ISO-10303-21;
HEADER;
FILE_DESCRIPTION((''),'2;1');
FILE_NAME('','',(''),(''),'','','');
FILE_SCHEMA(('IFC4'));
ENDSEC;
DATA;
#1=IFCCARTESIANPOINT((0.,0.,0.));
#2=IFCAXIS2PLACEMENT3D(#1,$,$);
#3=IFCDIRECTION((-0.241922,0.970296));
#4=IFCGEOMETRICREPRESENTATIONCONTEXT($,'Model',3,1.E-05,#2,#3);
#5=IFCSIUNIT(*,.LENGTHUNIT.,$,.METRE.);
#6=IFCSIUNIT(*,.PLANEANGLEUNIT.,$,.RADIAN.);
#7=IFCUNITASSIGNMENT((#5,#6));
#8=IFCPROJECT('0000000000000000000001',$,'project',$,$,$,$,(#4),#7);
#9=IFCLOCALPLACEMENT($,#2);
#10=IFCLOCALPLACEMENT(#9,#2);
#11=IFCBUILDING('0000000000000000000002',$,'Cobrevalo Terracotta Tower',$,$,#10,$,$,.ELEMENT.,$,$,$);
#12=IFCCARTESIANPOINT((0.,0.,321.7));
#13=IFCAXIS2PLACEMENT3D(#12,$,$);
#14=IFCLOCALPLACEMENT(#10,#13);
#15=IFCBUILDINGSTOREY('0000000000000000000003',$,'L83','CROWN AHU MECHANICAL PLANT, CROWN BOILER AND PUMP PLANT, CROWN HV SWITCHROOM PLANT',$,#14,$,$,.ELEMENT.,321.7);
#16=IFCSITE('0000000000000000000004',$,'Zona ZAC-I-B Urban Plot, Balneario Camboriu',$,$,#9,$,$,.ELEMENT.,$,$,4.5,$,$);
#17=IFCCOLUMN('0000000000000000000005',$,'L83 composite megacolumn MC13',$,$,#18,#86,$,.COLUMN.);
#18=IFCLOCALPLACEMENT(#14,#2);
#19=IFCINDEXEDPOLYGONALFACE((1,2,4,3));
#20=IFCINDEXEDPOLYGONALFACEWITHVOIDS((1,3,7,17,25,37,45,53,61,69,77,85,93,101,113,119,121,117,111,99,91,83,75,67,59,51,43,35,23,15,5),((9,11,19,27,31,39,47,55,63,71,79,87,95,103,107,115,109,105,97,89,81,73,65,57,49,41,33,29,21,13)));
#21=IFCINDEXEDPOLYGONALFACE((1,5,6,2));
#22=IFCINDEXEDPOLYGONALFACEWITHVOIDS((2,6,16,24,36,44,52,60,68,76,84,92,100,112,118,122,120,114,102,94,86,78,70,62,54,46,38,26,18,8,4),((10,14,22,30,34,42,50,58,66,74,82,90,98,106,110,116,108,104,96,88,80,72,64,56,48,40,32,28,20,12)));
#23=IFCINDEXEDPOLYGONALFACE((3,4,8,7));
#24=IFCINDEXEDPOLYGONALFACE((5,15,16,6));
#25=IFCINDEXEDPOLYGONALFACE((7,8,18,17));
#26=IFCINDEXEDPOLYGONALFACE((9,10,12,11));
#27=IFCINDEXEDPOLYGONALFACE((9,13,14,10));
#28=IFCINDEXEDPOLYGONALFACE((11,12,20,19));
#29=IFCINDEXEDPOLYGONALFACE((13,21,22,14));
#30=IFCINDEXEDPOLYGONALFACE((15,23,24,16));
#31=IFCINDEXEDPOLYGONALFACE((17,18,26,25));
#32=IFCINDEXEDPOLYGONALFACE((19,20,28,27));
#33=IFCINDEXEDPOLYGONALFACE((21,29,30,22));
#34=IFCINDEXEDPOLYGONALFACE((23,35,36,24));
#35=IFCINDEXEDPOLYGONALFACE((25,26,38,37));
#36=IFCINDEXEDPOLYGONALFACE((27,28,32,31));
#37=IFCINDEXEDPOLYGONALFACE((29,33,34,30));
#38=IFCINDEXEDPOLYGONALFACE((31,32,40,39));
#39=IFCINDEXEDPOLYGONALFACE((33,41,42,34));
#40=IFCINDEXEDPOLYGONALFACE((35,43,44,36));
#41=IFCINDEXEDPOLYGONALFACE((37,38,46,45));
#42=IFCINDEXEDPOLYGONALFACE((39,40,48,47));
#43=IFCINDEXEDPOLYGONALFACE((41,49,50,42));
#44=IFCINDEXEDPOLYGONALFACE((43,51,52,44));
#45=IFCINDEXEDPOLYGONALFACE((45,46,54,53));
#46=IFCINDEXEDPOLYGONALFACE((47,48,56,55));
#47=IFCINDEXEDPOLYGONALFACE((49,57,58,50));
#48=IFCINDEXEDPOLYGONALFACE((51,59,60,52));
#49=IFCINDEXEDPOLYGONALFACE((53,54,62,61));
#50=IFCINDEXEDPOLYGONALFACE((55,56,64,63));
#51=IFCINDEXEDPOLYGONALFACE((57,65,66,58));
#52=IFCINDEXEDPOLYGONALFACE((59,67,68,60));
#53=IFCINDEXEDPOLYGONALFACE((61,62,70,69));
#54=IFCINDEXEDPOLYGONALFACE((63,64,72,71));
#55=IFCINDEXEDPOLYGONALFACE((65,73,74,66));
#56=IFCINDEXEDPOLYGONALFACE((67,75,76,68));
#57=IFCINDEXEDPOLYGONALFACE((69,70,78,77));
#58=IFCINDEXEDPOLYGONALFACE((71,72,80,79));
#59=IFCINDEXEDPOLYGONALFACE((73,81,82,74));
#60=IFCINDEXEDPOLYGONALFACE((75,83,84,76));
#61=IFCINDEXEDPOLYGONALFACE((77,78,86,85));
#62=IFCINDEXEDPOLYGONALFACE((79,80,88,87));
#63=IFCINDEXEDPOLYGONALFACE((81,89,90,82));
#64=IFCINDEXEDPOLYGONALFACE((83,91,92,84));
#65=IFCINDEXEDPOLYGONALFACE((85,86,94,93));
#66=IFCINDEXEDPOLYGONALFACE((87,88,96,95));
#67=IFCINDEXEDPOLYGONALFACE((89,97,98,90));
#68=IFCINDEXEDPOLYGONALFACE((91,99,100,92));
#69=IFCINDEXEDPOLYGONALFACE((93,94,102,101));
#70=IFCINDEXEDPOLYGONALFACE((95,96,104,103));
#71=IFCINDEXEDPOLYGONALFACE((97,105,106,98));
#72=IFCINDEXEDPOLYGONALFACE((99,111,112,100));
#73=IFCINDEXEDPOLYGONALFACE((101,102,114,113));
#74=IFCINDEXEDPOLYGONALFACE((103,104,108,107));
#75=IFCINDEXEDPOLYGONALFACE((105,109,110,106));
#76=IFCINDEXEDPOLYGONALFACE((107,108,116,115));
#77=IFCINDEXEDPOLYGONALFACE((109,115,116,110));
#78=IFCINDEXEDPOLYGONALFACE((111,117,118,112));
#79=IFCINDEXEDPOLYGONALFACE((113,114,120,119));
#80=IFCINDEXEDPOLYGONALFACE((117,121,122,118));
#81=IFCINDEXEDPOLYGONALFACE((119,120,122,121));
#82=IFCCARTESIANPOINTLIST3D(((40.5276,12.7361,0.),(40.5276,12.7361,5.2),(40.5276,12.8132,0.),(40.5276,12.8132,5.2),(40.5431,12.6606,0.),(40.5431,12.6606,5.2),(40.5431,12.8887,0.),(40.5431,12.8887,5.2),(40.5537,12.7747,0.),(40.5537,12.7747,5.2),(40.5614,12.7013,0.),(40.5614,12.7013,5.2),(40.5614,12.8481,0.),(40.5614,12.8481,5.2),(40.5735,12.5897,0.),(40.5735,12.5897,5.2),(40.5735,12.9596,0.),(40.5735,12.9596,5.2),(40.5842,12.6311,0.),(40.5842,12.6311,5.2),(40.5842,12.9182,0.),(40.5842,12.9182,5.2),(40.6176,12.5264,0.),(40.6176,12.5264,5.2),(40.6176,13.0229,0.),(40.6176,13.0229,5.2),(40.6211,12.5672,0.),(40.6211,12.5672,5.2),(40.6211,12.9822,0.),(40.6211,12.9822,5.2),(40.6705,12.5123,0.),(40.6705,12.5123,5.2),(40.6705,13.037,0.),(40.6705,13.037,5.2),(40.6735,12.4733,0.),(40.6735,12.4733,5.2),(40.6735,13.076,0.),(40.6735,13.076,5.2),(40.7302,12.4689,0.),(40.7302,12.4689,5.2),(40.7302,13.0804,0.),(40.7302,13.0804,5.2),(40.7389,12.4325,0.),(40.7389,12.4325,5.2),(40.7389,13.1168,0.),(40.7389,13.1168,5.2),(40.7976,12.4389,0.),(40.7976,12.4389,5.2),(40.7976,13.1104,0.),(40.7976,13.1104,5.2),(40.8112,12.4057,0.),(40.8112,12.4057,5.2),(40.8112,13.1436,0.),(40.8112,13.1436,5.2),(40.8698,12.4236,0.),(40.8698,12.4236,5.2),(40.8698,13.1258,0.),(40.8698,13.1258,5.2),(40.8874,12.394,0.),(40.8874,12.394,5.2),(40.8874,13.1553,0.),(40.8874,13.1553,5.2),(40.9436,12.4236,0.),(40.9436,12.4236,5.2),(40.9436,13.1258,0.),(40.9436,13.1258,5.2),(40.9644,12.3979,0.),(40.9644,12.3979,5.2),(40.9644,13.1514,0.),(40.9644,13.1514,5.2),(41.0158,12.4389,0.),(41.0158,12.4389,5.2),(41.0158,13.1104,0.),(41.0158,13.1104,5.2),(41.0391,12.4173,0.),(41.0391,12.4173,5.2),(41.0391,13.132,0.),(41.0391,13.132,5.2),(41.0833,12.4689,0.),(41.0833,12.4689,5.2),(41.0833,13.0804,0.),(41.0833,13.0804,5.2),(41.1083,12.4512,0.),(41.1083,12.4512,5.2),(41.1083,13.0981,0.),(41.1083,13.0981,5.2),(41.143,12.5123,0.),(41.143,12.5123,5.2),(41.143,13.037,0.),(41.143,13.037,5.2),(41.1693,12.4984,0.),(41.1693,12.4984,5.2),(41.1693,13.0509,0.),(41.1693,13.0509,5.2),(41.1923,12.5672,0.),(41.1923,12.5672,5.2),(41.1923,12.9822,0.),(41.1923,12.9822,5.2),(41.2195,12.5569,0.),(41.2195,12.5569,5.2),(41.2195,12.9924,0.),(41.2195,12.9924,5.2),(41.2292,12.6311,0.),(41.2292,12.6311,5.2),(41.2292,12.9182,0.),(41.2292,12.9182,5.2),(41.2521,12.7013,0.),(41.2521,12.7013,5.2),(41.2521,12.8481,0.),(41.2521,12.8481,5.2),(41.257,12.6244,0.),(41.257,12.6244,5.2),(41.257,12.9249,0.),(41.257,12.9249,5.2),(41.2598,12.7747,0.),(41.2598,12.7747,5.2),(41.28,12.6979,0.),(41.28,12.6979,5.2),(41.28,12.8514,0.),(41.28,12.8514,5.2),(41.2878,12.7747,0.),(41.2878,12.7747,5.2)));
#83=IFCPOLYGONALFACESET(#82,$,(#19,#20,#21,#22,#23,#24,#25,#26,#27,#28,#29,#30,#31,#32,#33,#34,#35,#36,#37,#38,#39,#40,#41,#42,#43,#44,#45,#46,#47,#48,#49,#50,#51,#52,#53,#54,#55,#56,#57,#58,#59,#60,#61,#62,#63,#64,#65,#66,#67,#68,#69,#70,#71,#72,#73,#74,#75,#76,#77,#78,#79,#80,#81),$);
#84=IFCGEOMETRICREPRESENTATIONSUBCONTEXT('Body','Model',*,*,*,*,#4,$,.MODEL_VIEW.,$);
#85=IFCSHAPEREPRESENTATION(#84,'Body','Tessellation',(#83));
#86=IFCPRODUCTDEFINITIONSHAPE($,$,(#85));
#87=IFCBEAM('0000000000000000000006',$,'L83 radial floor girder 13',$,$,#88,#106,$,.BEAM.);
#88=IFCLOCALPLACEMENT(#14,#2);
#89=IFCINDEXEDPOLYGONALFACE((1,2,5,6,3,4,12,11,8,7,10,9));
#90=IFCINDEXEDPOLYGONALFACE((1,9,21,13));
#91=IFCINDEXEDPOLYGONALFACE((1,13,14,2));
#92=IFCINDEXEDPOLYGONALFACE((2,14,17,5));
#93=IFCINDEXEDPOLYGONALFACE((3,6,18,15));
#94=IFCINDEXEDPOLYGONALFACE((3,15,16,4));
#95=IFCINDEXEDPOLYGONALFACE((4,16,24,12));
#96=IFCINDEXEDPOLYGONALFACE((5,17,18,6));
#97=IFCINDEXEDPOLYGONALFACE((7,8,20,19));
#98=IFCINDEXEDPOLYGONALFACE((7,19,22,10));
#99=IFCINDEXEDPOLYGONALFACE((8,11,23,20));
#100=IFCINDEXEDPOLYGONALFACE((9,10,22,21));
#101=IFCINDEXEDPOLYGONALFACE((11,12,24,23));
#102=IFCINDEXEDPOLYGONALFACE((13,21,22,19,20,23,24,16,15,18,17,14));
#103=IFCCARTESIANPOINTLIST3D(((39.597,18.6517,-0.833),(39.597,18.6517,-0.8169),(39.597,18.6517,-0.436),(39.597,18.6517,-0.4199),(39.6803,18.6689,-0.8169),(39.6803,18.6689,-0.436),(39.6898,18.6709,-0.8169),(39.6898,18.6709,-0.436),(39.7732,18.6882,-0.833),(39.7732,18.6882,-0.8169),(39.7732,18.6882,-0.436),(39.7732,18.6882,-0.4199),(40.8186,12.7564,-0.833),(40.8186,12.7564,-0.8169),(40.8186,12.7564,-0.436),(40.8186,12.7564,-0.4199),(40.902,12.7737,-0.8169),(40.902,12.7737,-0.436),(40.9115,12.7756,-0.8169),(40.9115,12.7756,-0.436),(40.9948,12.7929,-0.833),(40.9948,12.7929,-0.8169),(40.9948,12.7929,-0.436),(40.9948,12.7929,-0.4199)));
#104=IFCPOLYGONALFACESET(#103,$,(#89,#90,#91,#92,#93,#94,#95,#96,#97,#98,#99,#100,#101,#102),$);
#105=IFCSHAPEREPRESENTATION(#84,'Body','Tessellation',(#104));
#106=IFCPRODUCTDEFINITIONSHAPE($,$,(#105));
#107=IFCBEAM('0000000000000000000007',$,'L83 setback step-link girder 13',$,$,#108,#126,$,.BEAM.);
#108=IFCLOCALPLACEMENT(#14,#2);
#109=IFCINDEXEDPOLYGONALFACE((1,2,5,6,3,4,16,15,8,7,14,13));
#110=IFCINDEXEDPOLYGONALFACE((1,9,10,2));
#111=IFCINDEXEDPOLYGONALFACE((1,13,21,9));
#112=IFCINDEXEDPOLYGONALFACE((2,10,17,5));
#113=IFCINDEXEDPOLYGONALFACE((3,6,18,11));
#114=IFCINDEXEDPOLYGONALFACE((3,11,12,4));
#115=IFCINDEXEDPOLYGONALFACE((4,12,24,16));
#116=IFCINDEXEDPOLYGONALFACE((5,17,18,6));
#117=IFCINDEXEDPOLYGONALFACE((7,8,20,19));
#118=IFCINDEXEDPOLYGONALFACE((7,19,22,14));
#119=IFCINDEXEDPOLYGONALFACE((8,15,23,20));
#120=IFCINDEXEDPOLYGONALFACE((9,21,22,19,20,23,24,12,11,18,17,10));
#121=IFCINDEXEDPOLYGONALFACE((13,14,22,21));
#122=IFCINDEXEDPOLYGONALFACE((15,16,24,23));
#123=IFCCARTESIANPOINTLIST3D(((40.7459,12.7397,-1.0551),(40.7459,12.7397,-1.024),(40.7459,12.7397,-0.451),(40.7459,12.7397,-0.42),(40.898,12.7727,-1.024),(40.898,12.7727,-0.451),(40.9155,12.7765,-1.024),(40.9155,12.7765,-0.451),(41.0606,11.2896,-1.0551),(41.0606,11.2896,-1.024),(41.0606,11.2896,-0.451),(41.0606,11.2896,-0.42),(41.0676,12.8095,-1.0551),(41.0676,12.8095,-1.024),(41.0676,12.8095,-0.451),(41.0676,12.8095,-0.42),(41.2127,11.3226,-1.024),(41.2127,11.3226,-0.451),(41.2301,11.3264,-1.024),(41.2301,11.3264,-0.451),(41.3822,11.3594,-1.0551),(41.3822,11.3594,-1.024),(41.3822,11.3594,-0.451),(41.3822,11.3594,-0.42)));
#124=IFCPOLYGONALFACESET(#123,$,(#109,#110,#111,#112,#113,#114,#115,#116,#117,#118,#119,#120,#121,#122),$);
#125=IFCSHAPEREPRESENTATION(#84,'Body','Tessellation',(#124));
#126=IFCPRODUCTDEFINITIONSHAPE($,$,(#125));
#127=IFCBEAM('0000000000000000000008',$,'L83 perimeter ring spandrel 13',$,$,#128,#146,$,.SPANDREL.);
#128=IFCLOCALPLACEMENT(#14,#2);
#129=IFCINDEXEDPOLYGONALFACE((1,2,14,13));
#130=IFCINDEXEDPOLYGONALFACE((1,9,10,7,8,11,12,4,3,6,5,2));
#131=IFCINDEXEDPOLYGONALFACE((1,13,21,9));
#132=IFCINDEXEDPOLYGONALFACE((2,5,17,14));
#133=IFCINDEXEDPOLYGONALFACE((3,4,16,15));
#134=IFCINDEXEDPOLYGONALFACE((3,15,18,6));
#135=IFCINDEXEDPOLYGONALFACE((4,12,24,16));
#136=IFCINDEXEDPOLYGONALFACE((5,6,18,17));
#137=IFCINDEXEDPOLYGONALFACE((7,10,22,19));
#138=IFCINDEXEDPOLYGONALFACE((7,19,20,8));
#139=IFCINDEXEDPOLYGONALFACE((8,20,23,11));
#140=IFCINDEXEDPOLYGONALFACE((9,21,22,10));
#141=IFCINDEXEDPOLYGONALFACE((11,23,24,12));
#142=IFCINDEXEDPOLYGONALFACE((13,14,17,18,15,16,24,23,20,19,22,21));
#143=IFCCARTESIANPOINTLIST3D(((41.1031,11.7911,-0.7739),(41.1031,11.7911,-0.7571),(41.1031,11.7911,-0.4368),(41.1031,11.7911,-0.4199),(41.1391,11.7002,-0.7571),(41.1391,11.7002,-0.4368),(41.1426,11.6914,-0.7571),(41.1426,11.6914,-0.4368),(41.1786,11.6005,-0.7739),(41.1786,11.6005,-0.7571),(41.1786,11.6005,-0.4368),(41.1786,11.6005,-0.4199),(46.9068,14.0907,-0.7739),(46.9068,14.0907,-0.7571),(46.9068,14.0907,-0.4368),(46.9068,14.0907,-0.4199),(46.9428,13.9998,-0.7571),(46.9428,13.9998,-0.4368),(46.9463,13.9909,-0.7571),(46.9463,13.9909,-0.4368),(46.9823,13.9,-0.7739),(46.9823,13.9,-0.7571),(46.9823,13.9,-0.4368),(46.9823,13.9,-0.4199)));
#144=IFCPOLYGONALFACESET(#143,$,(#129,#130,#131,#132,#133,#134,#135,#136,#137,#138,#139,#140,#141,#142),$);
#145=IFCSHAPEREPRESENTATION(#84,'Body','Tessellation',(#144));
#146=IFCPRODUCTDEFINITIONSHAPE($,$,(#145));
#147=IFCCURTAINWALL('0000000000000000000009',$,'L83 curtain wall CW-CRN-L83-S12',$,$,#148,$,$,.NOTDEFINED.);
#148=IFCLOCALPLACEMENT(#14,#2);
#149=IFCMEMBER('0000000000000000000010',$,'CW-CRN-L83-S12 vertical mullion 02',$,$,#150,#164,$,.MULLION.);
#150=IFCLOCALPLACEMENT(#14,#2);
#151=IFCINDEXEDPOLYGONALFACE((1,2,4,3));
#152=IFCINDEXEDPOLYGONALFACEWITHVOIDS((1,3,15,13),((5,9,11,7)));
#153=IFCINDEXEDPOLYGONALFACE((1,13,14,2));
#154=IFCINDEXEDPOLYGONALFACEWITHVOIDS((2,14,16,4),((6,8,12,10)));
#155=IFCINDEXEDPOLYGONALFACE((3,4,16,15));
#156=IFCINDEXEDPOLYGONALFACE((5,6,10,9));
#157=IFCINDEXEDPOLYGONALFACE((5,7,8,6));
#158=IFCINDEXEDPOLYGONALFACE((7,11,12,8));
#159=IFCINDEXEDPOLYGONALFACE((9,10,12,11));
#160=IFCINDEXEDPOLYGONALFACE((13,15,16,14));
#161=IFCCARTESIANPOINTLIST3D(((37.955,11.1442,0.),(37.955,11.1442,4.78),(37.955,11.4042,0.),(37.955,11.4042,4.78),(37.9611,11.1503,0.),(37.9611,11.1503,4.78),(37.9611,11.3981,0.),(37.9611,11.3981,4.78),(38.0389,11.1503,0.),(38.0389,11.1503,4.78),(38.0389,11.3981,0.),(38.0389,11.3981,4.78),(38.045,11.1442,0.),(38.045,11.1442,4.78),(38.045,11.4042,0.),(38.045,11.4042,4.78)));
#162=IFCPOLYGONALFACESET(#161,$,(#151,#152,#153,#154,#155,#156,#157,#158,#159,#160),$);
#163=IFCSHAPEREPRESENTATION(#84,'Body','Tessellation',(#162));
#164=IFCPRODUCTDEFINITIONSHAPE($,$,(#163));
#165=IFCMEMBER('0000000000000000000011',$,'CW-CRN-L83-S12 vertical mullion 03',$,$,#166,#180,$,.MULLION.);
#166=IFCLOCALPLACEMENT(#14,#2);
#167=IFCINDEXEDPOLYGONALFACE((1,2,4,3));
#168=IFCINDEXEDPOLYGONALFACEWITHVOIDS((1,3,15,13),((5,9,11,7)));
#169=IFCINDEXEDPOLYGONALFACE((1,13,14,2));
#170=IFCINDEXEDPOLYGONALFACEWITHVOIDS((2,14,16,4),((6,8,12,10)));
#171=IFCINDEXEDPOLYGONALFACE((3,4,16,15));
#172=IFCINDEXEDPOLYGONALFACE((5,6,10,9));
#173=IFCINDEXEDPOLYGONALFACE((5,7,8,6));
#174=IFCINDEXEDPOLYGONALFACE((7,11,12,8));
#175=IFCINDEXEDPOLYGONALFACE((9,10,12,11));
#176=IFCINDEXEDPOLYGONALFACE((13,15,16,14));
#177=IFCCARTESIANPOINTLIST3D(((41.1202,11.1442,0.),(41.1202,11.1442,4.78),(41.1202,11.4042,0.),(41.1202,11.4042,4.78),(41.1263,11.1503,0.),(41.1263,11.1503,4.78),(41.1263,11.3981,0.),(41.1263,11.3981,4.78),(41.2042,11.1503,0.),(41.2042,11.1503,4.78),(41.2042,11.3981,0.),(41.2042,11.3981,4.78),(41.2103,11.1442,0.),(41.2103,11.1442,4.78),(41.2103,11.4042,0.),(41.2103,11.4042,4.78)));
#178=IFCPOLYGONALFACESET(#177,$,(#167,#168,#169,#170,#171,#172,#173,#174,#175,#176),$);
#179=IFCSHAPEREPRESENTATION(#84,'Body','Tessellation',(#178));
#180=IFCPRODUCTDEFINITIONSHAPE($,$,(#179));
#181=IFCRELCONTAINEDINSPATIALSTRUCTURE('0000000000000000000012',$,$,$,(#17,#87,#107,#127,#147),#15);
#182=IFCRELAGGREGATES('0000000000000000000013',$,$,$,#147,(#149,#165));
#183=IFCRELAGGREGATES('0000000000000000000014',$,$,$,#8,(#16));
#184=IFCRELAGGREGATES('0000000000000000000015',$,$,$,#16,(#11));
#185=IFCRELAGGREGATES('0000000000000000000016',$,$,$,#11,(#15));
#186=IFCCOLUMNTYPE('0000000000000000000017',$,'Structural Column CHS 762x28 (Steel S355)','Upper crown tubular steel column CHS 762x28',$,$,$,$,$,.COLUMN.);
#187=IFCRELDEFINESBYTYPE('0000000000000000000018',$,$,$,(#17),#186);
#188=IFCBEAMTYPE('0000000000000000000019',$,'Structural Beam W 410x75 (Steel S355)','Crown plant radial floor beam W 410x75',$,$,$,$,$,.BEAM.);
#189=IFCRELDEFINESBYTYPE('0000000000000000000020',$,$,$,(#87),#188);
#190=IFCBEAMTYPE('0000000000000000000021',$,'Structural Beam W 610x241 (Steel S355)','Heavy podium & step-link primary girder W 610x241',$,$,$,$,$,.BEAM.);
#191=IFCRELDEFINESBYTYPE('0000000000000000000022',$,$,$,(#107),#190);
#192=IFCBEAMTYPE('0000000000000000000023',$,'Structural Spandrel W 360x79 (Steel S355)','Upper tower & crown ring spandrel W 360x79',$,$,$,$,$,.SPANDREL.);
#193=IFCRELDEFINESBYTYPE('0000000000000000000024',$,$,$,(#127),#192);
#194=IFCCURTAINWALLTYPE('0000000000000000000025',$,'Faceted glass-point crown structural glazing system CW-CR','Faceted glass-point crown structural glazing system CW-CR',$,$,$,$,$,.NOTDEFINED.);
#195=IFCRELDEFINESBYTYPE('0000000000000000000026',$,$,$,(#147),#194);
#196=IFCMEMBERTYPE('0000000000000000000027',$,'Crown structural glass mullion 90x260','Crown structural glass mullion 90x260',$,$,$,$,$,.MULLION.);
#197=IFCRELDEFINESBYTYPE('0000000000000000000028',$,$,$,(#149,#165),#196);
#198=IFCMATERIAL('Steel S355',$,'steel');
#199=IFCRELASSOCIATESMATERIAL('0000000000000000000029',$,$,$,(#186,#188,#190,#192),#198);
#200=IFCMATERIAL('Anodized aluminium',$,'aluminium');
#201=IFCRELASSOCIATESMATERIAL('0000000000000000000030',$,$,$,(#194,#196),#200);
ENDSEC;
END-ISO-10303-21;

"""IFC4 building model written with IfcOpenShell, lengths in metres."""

from ifc_helpers import new_model, si_unit, direction, frame, origin, origin_2d, place, context, subcontext, project, spatial, hollow_rectangle, hollow_circle, i_section, extrude, source, transform, mapped, material, material_profile, profile_set, type_object, element, aggregate, save


model = new_model("IFC4")

# Units and contexts
model_context = context("Model", 3, precision=1e-05, world=origin(), true_north=direction((-0.241922, 0.970296)))
body_context = subcontext(model_context, "Body", "Model", "MODEL_VIEW")
ifc_project = project(units=[si_unit("LENGTHUNIT", "METRE"), si_unit("PLANEANGLEUNIT", "RADIAN")], contexts=[model_context])

# Site, building, storey
site_placement = place(None, origin())
site = spatial("IfcSite", under=ifc_project, at=site_placement, Name="Zona ZAC-I-B Urban Plot, Balneario Camboriu", CompositionType="ELEMENT", RefElevation=4.5)
building_placement = place(site_placement, origin())
building = spatial("IfcBuilding", under=site, at=building_placement, Name="Cobrevalo Terracotta Tower", CompositionType="ELEMENT")
storey_placement = place(building_placement, frame((0.0, 0.0, 321.7)))
storey = spatial("IfcBuildingStorey", under=building, at=storey_placement, Name="L83", Description="CROWN AHU MECHANICAL PLANT, CROWN BOILER AND PUMP PLANT, CROWN HV SWITCHROOM PLANT", CompositionType="ELEMENT", Elevation=321.7)

# Column
ifc_material_1 = material(Name="Steel S355", Category="steel")
ifc_material_profile_1 = material_profile(ifc_material_1, hollow_circle(Radius=0.3811, WallThickness=0.0281, at=origin_2d()), Name="CHS 762x28")
ifc_profile_set_1 = profile_set([ifc_material_profile_1], Name="Steel S355")
column_type = type_object("IfcColumnType", Name="Structural Column CHS 762x28 (Steel S355)", Description="Upper crown tubular steel column CHS 762x28", PredefinedType="COLUMN", material=ifc_profile_set_1)
column_placement = place(storey_placement, frame((40.9067, 12.7747, 0.0), z_axis=(0.0, 0.0, 1.0), x_axis=(1.0, 0.0, 0.0)))
element("IfcColumn", 1, at=column_placement, inside=storey, type_object=column_type, Name="L83 composite megacolumn MC13", PredefinedType="COLUMN", context=body_context, shape_type="SweptSolid", body=[
    extrude(hollow_circle(Radius=0.3811, WallThickness=0.0281, at=origin_2d()), origin(), (0.0, 0.0, 1.0), 5.2),
])

# Beams
ifc_material_profile_2 = material_profile(ifc_material_1, i_section(OverallWidth=0.1799, OverallDepth=0.4131, WebThickness=0.0098, FlangeThickness=0.0161, at=origin_2d()), Name="W 410x75")
ifc_profile_set_2 = profile_set([ifc_material_profile_2], Name="Steel S355")
beam_type_1 = type_object("IfcBeamType", Name="Structural Beam W 410x75 (Steel S355)", Description="Crown plant radial floor beam W 410x75", PredefinedType="BEAM", material=ifc_profile_set_2)
beam_1_placement = place(storey_placement, frame((40.9067, 12.7747, -0.6265), z_axis=(-0.202919, 0.979195, 0.0), x_axis=(-0.979195, -0.202919, 0.0)))
element("IfcBeam", 2, at=beam_1_placement, inside=storey, type_object=beam_type_1, Name="L83 radial floor girder 13", PredefinedType="BEAM", context=body_context, shape_type="SweptSolid", body=[
    extrude(i_section(OverallWidth=0.1799, OverallDepth=0.4131, WebThickness=0.0098, FlangeThickness=0.0161, at=origin_2d()), origin(), (0.0, 0.0, 1.0), 6.0205),
])
ifc_material_profile_3 = material_profile(ifc_material_1, i_section(OverallWidth=0.3291, OverallDepth=0.635, WebThickness=0.0178, FlangeThickness=0.031, at=origin_2d()), Name="W 610x241")
ifc_profile_set_3 = profile_set([ifc_material_profile_3], Name="Steel S355")
beam_type_2 = type_object("IfcBeamType", Name="Structural Beam W 610x241 (Steel S355)", Description="Heavy podium & step-link primary girder W 610x241", PredefinedType="BEAM", material=ifc_profile_set_3)
beam_2_placement = place(storey_placement, frame((41.2214, 11.3245, -0.7375), z_axis=(-0.212068, 0.977255, 0.0), x_axis=(-0.977255, -0.212068, 0.0)))
element("IfcBeam", 3, at=beam_2_placement, inside=storey, type_object=beam_type_2, Name="L83 setback step-link girder 13", PredefinedType="BEAM", context=body_context, shape_type="SweptSolid", body=[
    extrude(i_section(OverallWidth=0.3291, OverallDepth=0.635, WebThickness=0.0178, FlangeThickness=0.031, at=origin_2d()), origin(), (0.0, 0.0, 1.0), 1.4839),
])
ifc_material_profile_4 = material_profile(ifc_material_1, i_section(OverallWidth=0.2051, OverallDepth=0.354, WebThickness=0.0095, FlangeThickness=0.0168, at=origin_2d()), Name="W 360x79")
ifc_profile_set_4 = profile_set([ifc_material_profile_4], Name="Steel S355")
beam_type_3 = type_object("IfcBeamType", Name="Structural Spandrel W 360x79 (Steel S355)", Description="Upper tower & crown ring spandrel W 360x79", PredefinedType="SPANDREL", material=ifc_profile_set_4)
beam_3_placement = place(storey_placement, frame((41.1409, 11.6958, -0.5969), z_axis=(0.929683, 0.368361, 0.0), x_axis=(-0.368361, 0.929683, 0.0)))
element("IfcBeam", 4, at=beam_3_placement, inside=storey, type_object=beam_type_3, Name="L83 perimeter ring spandrel 13", PredefinedType="SPANDREL", context=body_context, shape_type="SweptSolid", body=[
    extrude(i_section(OverallWidth=0.2051, OverallDepth=0.354, WebThickness=0.0095, FlangeThickness=0.0168, at=origin_2d()), origin(), (0.0, 0.0, 1.0), 6.2427),
])

# Curtain wall, members
ifc_material_2 = material(Name="Anodized aluminium", Category="aluminium")
curtain_wall_type = type_object("IfcCurtainWallType", Name="Faceted glass-point crown structural glazing system CW-CR", Description="Faceted glass-point crown structural glazing system CW-CR", PredefinedType="NOTDEFINED", material=ifc_material_2)
curtain_wall_1_placement = place(storey_placement, origin())
curtain_wall_1 = element("IfcCurtainWall", 5, at=curtain_wall_1_placement, inside=storey, type_object=curtain_wall_type, Name="L83 curtain wall CW-CRN-L83-S12", PredefinedType="NOTDEFINED")
ifc_material_profile_5 = material_profile(ifc_material_2, hollow_rectangle(XDim=0.0901, YDim=0.26, WallThickness=0.0061, at=origin_2d()), Name="CWM 90x260")
ifc_profile_set_5 = profile_set([ifc_material_profile_5], Name="Anodized aluminium")
member_type_1 = type_object("IfcMemberType", Name="Crown structural glass mullion 90x260", Description="Crown structural glass mullion 90x260", PredefinedType="MULLION", material=ifc_profile_set_5)
shared_shape_1 = source(origin(), body_context, "Body", "SweptSolid", [
    extrude(hollow_rectangle(XDim=0.0901, YDim=0.26, WallThickness=0.0061, at=origin_2d()), origin(), (0.0, 0.0, 1.0), 4.78),
])
member_1_placement = place(storey_placement, frame((38.0, 11.2742, 0.0), z_axis=(0.0, 0.0, 1.0), x_axis=(1.0, 0.0, 0.0)))
member_1 = element("IfcMember", 6, at=member_1_placement, type_object=member_type_1, Name="CW-CRN-L83-S12 vertical mullion 02", PredefinedType="MULLION", context=body_context, shape_type="MappedRepresentation", body=[
    mapped(shared_shape_1, transform((0.0, 0.0, 0.0), scale=1.0)),
])
member_2_placement = place(storey_placement, frame((41.1653, 11.2742, 0.0), z_axis=(0.0, 0.0, 1.0), x_axis=(1.0, 0.0, 0.0)))
member_2 = element("IfcMember", 7, at=member_2_placement, type_object=member_type_1, Name="CW-CRN-L83-S12 vertical mullion 03", PredefinedType="MULLION", context=body_context, shape_type="MappedRepresentation", body=[
    mapped(shared_shape_1, transform((0.0, 0.0, 0.0), scale=1.0)),
])

aggregate(curtain_wall_1, [member_1, member_2])

save(model, "model.ifc")
